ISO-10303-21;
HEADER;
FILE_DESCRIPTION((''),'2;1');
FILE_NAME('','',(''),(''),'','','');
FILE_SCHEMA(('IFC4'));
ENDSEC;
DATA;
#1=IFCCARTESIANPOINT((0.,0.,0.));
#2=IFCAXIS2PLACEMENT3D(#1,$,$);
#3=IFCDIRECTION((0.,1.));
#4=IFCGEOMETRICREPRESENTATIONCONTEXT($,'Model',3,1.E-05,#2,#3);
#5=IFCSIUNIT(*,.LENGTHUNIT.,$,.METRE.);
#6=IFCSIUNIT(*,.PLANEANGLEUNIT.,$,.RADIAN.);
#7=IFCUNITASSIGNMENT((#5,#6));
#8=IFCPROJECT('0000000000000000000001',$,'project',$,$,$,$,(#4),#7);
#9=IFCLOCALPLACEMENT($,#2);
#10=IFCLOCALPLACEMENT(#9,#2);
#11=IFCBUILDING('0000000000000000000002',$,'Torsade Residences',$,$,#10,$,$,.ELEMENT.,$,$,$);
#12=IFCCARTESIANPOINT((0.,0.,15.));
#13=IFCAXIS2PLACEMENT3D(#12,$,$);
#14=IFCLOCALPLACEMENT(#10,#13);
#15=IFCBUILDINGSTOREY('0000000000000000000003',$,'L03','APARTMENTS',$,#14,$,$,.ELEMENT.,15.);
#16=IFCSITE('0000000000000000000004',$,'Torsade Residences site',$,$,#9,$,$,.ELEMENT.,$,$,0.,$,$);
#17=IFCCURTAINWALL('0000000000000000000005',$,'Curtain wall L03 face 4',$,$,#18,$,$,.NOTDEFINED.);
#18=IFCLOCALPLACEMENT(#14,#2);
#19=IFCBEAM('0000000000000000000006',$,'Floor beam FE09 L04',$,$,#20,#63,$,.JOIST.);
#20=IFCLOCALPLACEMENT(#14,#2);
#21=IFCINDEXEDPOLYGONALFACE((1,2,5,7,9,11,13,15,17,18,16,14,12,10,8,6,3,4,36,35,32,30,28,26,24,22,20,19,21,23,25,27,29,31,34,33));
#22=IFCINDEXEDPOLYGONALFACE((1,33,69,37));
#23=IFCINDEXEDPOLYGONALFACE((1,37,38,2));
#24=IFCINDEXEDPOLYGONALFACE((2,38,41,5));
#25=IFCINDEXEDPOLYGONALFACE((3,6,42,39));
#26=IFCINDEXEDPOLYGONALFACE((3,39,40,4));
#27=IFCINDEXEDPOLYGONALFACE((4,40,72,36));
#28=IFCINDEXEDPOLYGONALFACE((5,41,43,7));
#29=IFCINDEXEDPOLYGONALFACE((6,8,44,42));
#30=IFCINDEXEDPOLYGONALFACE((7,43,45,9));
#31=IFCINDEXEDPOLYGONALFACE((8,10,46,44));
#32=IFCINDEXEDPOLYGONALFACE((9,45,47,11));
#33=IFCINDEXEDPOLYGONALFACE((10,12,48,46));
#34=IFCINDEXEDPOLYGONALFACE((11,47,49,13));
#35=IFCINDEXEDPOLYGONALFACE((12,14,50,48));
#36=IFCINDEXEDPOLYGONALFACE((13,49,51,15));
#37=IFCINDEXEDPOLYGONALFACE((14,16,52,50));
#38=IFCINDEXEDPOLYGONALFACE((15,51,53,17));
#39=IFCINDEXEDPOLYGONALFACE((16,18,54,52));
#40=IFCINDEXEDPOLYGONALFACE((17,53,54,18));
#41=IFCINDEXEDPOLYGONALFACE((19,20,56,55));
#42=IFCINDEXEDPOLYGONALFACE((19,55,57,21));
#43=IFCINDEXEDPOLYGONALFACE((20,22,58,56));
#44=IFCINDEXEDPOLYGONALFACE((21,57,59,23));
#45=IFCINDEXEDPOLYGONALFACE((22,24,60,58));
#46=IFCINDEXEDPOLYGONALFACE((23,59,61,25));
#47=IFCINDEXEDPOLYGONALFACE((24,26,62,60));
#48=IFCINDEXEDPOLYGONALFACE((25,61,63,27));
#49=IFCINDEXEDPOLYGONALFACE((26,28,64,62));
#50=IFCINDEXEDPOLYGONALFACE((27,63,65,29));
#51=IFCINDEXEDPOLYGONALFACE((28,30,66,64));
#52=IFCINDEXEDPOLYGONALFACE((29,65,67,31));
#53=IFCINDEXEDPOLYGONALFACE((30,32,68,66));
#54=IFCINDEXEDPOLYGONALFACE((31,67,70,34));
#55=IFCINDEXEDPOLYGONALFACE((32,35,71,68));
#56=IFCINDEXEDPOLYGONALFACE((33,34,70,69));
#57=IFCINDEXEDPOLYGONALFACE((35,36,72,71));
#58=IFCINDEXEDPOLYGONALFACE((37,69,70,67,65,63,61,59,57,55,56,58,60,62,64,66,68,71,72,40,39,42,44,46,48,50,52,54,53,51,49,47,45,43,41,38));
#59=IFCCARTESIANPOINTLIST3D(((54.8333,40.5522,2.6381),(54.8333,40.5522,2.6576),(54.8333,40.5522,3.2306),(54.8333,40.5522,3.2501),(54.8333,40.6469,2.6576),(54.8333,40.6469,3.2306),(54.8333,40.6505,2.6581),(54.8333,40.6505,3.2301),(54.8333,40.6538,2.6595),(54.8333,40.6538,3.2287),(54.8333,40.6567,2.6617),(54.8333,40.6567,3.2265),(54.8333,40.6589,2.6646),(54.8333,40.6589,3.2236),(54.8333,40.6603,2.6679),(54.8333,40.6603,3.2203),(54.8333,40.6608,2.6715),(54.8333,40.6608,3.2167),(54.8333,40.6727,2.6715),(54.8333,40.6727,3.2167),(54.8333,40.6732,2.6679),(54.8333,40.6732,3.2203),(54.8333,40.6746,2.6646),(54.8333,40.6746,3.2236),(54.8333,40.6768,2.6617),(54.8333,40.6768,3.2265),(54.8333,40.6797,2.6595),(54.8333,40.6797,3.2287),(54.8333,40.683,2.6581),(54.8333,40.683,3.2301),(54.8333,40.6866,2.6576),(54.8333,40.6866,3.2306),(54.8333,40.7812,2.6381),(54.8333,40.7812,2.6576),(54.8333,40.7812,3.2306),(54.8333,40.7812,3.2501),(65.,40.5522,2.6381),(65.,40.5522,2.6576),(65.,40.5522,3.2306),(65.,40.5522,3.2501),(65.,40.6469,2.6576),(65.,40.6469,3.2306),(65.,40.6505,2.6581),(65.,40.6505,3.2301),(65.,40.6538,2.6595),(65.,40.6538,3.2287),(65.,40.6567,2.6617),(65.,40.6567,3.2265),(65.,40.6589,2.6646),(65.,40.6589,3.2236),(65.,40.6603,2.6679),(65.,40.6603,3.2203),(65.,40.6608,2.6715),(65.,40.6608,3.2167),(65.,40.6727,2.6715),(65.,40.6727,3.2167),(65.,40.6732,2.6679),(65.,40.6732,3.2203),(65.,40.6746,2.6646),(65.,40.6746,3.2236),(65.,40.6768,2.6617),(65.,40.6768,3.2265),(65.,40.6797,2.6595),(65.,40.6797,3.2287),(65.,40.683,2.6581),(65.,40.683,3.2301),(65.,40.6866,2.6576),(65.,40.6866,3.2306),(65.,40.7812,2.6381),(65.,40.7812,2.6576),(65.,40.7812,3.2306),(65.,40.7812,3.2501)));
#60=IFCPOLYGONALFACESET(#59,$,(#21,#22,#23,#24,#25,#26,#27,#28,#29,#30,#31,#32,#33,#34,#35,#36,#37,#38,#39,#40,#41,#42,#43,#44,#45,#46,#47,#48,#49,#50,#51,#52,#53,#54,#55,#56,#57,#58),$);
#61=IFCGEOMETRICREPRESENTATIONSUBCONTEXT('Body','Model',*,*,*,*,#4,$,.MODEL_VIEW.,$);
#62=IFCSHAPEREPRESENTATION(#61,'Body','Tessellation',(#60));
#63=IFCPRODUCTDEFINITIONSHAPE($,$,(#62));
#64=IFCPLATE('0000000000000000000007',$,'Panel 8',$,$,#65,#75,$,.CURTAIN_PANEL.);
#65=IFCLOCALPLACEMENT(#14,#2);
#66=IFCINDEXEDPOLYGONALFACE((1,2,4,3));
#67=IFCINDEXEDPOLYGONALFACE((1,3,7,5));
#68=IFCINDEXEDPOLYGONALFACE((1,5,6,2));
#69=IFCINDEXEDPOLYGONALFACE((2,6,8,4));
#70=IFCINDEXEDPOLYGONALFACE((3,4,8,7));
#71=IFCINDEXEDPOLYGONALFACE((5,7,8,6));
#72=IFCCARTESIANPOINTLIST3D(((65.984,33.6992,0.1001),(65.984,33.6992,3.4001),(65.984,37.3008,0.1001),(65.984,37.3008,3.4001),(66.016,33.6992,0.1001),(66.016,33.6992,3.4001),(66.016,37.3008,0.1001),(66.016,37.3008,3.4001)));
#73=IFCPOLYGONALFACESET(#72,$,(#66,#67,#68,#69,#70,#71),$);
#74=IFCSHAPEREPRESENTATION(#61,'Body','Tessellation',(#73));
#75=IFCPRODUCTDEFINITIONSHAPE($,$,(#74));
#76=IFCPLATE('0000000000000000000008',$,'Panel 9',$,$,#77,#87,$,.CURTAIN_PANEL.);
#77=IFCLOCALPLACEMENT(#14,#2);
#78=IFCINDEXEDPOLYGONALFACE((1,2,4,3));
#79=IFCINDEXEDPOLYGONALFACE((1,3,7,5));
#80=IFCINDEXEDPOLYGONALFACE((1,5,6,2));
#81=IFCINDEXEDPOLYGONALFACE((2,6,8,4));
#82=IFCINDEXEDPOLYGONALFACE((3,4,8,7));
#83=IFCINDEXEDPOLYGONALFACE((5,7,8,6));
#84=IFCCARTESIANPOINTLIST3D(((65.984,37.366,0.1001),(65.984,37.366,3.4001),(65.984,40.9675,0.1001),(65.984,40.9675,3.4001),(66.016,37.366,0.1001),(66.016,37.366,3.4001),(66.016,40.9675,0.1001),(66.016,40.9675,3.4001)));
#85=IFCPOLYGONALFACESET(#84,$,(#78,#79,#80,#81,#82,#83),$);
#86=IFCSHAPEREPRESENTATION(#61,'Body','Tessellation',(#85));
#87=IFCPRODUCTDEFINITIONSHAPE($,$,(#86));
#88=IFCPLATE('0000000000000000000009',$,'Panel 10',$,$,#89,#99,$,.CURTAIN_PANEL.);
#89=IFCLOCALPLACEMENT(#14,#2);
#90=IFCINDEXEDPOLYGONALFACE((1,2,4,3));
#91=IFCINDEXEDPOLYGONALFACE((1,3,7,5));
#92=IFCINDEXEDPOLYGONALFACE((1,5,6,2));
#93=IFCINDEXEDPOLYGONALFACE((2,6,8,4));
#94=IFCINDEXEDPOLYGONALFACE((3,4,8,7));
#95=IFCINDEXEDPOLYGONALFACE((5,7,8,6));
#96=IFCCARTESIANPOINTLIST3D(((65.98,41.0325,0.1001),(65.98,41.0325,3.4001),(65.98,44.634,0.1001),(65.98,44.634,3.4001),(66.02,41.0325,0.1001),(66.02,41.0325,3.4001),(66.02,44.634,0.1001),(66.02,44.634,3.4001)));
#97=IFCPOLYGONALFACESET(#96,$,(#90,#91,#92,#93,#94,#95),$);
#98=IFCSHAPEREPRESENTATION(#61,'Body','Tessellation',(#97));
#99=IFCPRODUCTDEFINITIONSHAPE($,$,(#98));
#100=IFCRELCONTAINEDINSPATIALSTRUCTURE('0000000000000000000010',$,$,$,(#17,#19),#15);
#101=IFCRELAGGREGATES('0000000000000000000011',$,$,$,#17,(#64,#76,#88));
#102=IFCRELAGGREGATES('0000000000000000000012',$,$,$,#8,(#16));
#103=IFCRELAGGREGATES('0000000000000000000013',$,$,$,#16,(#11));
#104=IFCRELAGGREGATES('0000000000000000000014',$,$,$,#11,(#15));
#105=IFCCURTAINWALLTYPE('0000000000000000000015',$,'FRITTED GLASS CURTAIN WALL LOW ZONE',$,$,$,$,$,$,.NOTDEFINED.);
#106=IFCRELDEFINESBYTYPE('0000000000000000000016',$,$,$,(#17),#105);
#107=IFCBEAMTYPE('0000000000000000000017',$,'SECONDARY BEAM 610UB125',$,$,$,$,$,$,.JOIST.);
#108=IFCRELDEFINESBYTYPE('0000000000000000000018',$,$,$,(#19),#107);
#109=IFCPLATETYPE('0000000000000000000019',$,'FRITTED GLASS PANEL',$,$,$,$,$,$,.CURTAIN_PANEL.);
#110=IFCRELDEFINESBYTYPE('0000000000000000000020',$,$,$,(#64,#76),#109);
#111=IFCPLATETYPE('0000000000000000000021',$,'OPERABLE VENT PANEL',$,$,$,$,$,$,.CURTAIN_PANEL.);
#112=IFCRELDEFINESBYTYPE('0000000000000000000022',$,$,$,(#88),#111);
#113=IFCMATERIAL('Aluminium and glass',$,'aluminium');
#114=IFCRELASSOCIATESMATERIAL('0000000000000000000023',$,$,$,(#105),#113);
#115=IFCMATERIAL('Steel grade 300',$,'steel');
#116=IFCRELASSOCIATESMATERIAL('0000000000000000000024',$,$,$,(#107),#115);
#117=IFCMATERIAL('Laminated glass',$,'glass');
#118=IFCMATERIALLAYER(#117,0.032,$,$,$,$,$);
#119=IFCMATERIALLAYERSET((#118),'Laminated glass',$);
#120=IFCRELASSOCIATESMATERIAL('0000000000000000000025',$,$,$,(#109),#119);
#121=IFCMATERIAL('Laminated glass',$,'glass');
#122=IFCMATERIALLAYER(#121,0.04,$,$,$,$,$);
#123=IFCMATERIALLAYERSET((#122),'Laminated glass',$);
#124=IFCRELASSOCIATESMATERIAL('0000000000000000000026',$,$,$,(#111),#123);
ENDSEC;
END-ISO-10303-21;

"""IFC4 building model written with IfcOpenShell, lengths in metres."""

from ifc_helpers import new_model, si_unit, direction, frame, origin, origin_2d, place, context, subcontext, project, spatial, rectangle, i_section, extrude, material, layer, layer_set, material_profile, profile_set, type_object, element, aggregate, save


model = new_model("IFC4")

# Units and contexts
model_context = context("Model", 3, precision=1e-05, world=origin(), true_north=direction((0.0, 1.0)))
body_context = subcontext(model_context, "Body", "Model", "MODEL_VIEW")
ifc_project = project(units=[si_unit("LENGTHUNIT", "METRE"), si_unit("PLANEANGLEUNIT", "RADIAN")], contexts=[model_context])

# Site, building, storey
site_placement = place(None, origin())
site = spatial("IfcSite", under=ifc_project, at=site_placement, Name="Torsade Residences site", CompositionType="ELEMENT", RefElevation=0.0)
building_placement = place(site_placement, origin())
building = spatial("IfcBuilding", under=site, at=building_placement, Name="Torsade Residences", CompositionType="ELEMENT")
storey_placement = place(building_placement, frame((0.0, 0.0, 15.0)))
storey = spatial("IfcBuildingStorey", under=building, at=storey_placement, Name="L03", Description="APARTMENTS", CompositionType="ELEMENT", Elevation=15.0)

# Curtain wall
ifc_material_1 = material(Name="Aluminium and glass", Category="aluminium")
curtain_wall_type = type_object("IfcCurtainWallType", Name="FRITTED GLASS CURTAIN WALL LOW ZONE", PredefinedType="NOTDEFINED", material=ifc_material_1)
curtain_wall_placement = place(storey_placement, origin())
curtain_wall = element("IfcCurtainWall", 1, at=curtain_wall_placement, inside=storey, type_object=curtain_wall_type, Name="Curtain wall L03 face 4", PredefinedType="NOTDEFINED")

# Beam
ifc_material_2 = material(Name="Steel grade 300", Category="steel")
ifc_material_profile_1 = material_profile(ifc_material_2, i_section(OverallWidth=0.229, OverallDepth=0.6121, WebThickness=0.012, FlangeThickness=0.0195, FilletRadius=0.0139, at=origin_2d()), Name="610UB125")
ifc_profile_set_1 = profile_set([ifc_material_profile_1], Name="Steel grade 300")
beam_type_1 = type_object("IfcBeamType", Name="SECONDARY BEAM 610UB125", PredefinedType="JOIST", material=ifc_profile_set_1)
beam_1_placement = place(storey_placement, frame((65.0, 40.6667, 2.9441), z_axis=(-1.0, 0.0, 0.0), x_axis=(0.0, -1.0, 0.0)))
element("IfcBeam", 2, at=beam_1_placement, inside=storey, type_object=beam_type_1, Name="Floor beam FE09 L04", PredefinedType="JOIST", context=body_context, shape_type="SweptSolid", body=[
    extrude(i_section(OverallWidth=0.229, OverallDepth=0.6121, WebThickness=0.012, FlangeThickness=0.0195, FilletRadius=0.0139, at=origin_2d()), origin(), (0.0, 0.0, 1.0), 10.1667),
])

# Plates
ifc_material_3 = material(Name="Laminated glass", Category="glass")
ifc_layer_1 = layer(ifc_material_3, 0.032)
ifc_layer_set_1 = layer_set([ifc_layer_1], Name="Laminated glass")
plate_type_1 = type_object("IfcPlateType", Name="FRITTED GLASS PANEL", PredefinedType="CURTAIN_PANEL", material=ifc_layer_set_1)
plate_1_placement = place(storey_placement, frame((66.0, 35.5, 0.1001), z_axis=(0.0, 0.0, 1.0), x_axis=(0.0, 1.0, 0.0)))
plate_1 = element("IfcPlate", 3, at=plate_1_placement, type_object=plate_type_1, Name="Panel 8", PredefinedType="CURTAIN_PANEL", context=body_context, shape_type="SweptSolid", body=[
    extrude(rectangle(XDim=3.6016, YDim=0.032, at=origin_2d()), origin(), (0.0, 0.0, 1.0), 3.3),
])
plate_2_placement = place(storey_placement, frame((66.0, 39.1667, 0.1001), z_axis=(0.0, 0.0, 1.0), x_axis=(0.0, 1.0, 0.0)))
plate_2 = element("IfcPlate", 4, at=plate_2_placement, type_object=plate_type_1, Name="Panel 9", PredefinedType="CURTAIN_PANEL", context=body_context, shape_type="SweptSolid", body=[
    extrude(rectangle(XDim=3.6016, YDim=0.032, at=origin_2d()), origin(), (0.0, 0.0, 1.0), 3.3),
])
ifc_material_4 = material(Name="Laminated glass", Category="glass")
ifc_layer_2 = layer(ifc_material_4, 0.04)
ifc_layer_set_2 = layer_set([ifc_layer_2], Name="Laminated glass")
plate_type_2 = type_object("IfcPlateType", Name="OPERABLE VENT PANEL", PredefinedType="CURTAIN_PANEL", material=ifc_layer_set_2)
plate_3_placement = place(storey_placement, frame((66.0, 42.8333, 0.1001), z_axis=(0.0, 0.0, 1.0), x_axis=(0.0, 1.0, 0.0)))
plate_3 = element("IfcPlate", 5, at=plate_3_placement, type_object=plate_type_2, Name="Panel 10", PredefinedType="CURTAIN_PANEL", context=body_context, shape_type="SweptSolid", body=[
    extrude(rectangle(XDim=3.6016, YDim=0.04, at=origin_2d()), origin(), (0.0, 0.0, 1.0), 3.3),
])
aggregate(curtain_wall, [plate_1, plate_2, plate_3])

save(model, "model.ifc")
